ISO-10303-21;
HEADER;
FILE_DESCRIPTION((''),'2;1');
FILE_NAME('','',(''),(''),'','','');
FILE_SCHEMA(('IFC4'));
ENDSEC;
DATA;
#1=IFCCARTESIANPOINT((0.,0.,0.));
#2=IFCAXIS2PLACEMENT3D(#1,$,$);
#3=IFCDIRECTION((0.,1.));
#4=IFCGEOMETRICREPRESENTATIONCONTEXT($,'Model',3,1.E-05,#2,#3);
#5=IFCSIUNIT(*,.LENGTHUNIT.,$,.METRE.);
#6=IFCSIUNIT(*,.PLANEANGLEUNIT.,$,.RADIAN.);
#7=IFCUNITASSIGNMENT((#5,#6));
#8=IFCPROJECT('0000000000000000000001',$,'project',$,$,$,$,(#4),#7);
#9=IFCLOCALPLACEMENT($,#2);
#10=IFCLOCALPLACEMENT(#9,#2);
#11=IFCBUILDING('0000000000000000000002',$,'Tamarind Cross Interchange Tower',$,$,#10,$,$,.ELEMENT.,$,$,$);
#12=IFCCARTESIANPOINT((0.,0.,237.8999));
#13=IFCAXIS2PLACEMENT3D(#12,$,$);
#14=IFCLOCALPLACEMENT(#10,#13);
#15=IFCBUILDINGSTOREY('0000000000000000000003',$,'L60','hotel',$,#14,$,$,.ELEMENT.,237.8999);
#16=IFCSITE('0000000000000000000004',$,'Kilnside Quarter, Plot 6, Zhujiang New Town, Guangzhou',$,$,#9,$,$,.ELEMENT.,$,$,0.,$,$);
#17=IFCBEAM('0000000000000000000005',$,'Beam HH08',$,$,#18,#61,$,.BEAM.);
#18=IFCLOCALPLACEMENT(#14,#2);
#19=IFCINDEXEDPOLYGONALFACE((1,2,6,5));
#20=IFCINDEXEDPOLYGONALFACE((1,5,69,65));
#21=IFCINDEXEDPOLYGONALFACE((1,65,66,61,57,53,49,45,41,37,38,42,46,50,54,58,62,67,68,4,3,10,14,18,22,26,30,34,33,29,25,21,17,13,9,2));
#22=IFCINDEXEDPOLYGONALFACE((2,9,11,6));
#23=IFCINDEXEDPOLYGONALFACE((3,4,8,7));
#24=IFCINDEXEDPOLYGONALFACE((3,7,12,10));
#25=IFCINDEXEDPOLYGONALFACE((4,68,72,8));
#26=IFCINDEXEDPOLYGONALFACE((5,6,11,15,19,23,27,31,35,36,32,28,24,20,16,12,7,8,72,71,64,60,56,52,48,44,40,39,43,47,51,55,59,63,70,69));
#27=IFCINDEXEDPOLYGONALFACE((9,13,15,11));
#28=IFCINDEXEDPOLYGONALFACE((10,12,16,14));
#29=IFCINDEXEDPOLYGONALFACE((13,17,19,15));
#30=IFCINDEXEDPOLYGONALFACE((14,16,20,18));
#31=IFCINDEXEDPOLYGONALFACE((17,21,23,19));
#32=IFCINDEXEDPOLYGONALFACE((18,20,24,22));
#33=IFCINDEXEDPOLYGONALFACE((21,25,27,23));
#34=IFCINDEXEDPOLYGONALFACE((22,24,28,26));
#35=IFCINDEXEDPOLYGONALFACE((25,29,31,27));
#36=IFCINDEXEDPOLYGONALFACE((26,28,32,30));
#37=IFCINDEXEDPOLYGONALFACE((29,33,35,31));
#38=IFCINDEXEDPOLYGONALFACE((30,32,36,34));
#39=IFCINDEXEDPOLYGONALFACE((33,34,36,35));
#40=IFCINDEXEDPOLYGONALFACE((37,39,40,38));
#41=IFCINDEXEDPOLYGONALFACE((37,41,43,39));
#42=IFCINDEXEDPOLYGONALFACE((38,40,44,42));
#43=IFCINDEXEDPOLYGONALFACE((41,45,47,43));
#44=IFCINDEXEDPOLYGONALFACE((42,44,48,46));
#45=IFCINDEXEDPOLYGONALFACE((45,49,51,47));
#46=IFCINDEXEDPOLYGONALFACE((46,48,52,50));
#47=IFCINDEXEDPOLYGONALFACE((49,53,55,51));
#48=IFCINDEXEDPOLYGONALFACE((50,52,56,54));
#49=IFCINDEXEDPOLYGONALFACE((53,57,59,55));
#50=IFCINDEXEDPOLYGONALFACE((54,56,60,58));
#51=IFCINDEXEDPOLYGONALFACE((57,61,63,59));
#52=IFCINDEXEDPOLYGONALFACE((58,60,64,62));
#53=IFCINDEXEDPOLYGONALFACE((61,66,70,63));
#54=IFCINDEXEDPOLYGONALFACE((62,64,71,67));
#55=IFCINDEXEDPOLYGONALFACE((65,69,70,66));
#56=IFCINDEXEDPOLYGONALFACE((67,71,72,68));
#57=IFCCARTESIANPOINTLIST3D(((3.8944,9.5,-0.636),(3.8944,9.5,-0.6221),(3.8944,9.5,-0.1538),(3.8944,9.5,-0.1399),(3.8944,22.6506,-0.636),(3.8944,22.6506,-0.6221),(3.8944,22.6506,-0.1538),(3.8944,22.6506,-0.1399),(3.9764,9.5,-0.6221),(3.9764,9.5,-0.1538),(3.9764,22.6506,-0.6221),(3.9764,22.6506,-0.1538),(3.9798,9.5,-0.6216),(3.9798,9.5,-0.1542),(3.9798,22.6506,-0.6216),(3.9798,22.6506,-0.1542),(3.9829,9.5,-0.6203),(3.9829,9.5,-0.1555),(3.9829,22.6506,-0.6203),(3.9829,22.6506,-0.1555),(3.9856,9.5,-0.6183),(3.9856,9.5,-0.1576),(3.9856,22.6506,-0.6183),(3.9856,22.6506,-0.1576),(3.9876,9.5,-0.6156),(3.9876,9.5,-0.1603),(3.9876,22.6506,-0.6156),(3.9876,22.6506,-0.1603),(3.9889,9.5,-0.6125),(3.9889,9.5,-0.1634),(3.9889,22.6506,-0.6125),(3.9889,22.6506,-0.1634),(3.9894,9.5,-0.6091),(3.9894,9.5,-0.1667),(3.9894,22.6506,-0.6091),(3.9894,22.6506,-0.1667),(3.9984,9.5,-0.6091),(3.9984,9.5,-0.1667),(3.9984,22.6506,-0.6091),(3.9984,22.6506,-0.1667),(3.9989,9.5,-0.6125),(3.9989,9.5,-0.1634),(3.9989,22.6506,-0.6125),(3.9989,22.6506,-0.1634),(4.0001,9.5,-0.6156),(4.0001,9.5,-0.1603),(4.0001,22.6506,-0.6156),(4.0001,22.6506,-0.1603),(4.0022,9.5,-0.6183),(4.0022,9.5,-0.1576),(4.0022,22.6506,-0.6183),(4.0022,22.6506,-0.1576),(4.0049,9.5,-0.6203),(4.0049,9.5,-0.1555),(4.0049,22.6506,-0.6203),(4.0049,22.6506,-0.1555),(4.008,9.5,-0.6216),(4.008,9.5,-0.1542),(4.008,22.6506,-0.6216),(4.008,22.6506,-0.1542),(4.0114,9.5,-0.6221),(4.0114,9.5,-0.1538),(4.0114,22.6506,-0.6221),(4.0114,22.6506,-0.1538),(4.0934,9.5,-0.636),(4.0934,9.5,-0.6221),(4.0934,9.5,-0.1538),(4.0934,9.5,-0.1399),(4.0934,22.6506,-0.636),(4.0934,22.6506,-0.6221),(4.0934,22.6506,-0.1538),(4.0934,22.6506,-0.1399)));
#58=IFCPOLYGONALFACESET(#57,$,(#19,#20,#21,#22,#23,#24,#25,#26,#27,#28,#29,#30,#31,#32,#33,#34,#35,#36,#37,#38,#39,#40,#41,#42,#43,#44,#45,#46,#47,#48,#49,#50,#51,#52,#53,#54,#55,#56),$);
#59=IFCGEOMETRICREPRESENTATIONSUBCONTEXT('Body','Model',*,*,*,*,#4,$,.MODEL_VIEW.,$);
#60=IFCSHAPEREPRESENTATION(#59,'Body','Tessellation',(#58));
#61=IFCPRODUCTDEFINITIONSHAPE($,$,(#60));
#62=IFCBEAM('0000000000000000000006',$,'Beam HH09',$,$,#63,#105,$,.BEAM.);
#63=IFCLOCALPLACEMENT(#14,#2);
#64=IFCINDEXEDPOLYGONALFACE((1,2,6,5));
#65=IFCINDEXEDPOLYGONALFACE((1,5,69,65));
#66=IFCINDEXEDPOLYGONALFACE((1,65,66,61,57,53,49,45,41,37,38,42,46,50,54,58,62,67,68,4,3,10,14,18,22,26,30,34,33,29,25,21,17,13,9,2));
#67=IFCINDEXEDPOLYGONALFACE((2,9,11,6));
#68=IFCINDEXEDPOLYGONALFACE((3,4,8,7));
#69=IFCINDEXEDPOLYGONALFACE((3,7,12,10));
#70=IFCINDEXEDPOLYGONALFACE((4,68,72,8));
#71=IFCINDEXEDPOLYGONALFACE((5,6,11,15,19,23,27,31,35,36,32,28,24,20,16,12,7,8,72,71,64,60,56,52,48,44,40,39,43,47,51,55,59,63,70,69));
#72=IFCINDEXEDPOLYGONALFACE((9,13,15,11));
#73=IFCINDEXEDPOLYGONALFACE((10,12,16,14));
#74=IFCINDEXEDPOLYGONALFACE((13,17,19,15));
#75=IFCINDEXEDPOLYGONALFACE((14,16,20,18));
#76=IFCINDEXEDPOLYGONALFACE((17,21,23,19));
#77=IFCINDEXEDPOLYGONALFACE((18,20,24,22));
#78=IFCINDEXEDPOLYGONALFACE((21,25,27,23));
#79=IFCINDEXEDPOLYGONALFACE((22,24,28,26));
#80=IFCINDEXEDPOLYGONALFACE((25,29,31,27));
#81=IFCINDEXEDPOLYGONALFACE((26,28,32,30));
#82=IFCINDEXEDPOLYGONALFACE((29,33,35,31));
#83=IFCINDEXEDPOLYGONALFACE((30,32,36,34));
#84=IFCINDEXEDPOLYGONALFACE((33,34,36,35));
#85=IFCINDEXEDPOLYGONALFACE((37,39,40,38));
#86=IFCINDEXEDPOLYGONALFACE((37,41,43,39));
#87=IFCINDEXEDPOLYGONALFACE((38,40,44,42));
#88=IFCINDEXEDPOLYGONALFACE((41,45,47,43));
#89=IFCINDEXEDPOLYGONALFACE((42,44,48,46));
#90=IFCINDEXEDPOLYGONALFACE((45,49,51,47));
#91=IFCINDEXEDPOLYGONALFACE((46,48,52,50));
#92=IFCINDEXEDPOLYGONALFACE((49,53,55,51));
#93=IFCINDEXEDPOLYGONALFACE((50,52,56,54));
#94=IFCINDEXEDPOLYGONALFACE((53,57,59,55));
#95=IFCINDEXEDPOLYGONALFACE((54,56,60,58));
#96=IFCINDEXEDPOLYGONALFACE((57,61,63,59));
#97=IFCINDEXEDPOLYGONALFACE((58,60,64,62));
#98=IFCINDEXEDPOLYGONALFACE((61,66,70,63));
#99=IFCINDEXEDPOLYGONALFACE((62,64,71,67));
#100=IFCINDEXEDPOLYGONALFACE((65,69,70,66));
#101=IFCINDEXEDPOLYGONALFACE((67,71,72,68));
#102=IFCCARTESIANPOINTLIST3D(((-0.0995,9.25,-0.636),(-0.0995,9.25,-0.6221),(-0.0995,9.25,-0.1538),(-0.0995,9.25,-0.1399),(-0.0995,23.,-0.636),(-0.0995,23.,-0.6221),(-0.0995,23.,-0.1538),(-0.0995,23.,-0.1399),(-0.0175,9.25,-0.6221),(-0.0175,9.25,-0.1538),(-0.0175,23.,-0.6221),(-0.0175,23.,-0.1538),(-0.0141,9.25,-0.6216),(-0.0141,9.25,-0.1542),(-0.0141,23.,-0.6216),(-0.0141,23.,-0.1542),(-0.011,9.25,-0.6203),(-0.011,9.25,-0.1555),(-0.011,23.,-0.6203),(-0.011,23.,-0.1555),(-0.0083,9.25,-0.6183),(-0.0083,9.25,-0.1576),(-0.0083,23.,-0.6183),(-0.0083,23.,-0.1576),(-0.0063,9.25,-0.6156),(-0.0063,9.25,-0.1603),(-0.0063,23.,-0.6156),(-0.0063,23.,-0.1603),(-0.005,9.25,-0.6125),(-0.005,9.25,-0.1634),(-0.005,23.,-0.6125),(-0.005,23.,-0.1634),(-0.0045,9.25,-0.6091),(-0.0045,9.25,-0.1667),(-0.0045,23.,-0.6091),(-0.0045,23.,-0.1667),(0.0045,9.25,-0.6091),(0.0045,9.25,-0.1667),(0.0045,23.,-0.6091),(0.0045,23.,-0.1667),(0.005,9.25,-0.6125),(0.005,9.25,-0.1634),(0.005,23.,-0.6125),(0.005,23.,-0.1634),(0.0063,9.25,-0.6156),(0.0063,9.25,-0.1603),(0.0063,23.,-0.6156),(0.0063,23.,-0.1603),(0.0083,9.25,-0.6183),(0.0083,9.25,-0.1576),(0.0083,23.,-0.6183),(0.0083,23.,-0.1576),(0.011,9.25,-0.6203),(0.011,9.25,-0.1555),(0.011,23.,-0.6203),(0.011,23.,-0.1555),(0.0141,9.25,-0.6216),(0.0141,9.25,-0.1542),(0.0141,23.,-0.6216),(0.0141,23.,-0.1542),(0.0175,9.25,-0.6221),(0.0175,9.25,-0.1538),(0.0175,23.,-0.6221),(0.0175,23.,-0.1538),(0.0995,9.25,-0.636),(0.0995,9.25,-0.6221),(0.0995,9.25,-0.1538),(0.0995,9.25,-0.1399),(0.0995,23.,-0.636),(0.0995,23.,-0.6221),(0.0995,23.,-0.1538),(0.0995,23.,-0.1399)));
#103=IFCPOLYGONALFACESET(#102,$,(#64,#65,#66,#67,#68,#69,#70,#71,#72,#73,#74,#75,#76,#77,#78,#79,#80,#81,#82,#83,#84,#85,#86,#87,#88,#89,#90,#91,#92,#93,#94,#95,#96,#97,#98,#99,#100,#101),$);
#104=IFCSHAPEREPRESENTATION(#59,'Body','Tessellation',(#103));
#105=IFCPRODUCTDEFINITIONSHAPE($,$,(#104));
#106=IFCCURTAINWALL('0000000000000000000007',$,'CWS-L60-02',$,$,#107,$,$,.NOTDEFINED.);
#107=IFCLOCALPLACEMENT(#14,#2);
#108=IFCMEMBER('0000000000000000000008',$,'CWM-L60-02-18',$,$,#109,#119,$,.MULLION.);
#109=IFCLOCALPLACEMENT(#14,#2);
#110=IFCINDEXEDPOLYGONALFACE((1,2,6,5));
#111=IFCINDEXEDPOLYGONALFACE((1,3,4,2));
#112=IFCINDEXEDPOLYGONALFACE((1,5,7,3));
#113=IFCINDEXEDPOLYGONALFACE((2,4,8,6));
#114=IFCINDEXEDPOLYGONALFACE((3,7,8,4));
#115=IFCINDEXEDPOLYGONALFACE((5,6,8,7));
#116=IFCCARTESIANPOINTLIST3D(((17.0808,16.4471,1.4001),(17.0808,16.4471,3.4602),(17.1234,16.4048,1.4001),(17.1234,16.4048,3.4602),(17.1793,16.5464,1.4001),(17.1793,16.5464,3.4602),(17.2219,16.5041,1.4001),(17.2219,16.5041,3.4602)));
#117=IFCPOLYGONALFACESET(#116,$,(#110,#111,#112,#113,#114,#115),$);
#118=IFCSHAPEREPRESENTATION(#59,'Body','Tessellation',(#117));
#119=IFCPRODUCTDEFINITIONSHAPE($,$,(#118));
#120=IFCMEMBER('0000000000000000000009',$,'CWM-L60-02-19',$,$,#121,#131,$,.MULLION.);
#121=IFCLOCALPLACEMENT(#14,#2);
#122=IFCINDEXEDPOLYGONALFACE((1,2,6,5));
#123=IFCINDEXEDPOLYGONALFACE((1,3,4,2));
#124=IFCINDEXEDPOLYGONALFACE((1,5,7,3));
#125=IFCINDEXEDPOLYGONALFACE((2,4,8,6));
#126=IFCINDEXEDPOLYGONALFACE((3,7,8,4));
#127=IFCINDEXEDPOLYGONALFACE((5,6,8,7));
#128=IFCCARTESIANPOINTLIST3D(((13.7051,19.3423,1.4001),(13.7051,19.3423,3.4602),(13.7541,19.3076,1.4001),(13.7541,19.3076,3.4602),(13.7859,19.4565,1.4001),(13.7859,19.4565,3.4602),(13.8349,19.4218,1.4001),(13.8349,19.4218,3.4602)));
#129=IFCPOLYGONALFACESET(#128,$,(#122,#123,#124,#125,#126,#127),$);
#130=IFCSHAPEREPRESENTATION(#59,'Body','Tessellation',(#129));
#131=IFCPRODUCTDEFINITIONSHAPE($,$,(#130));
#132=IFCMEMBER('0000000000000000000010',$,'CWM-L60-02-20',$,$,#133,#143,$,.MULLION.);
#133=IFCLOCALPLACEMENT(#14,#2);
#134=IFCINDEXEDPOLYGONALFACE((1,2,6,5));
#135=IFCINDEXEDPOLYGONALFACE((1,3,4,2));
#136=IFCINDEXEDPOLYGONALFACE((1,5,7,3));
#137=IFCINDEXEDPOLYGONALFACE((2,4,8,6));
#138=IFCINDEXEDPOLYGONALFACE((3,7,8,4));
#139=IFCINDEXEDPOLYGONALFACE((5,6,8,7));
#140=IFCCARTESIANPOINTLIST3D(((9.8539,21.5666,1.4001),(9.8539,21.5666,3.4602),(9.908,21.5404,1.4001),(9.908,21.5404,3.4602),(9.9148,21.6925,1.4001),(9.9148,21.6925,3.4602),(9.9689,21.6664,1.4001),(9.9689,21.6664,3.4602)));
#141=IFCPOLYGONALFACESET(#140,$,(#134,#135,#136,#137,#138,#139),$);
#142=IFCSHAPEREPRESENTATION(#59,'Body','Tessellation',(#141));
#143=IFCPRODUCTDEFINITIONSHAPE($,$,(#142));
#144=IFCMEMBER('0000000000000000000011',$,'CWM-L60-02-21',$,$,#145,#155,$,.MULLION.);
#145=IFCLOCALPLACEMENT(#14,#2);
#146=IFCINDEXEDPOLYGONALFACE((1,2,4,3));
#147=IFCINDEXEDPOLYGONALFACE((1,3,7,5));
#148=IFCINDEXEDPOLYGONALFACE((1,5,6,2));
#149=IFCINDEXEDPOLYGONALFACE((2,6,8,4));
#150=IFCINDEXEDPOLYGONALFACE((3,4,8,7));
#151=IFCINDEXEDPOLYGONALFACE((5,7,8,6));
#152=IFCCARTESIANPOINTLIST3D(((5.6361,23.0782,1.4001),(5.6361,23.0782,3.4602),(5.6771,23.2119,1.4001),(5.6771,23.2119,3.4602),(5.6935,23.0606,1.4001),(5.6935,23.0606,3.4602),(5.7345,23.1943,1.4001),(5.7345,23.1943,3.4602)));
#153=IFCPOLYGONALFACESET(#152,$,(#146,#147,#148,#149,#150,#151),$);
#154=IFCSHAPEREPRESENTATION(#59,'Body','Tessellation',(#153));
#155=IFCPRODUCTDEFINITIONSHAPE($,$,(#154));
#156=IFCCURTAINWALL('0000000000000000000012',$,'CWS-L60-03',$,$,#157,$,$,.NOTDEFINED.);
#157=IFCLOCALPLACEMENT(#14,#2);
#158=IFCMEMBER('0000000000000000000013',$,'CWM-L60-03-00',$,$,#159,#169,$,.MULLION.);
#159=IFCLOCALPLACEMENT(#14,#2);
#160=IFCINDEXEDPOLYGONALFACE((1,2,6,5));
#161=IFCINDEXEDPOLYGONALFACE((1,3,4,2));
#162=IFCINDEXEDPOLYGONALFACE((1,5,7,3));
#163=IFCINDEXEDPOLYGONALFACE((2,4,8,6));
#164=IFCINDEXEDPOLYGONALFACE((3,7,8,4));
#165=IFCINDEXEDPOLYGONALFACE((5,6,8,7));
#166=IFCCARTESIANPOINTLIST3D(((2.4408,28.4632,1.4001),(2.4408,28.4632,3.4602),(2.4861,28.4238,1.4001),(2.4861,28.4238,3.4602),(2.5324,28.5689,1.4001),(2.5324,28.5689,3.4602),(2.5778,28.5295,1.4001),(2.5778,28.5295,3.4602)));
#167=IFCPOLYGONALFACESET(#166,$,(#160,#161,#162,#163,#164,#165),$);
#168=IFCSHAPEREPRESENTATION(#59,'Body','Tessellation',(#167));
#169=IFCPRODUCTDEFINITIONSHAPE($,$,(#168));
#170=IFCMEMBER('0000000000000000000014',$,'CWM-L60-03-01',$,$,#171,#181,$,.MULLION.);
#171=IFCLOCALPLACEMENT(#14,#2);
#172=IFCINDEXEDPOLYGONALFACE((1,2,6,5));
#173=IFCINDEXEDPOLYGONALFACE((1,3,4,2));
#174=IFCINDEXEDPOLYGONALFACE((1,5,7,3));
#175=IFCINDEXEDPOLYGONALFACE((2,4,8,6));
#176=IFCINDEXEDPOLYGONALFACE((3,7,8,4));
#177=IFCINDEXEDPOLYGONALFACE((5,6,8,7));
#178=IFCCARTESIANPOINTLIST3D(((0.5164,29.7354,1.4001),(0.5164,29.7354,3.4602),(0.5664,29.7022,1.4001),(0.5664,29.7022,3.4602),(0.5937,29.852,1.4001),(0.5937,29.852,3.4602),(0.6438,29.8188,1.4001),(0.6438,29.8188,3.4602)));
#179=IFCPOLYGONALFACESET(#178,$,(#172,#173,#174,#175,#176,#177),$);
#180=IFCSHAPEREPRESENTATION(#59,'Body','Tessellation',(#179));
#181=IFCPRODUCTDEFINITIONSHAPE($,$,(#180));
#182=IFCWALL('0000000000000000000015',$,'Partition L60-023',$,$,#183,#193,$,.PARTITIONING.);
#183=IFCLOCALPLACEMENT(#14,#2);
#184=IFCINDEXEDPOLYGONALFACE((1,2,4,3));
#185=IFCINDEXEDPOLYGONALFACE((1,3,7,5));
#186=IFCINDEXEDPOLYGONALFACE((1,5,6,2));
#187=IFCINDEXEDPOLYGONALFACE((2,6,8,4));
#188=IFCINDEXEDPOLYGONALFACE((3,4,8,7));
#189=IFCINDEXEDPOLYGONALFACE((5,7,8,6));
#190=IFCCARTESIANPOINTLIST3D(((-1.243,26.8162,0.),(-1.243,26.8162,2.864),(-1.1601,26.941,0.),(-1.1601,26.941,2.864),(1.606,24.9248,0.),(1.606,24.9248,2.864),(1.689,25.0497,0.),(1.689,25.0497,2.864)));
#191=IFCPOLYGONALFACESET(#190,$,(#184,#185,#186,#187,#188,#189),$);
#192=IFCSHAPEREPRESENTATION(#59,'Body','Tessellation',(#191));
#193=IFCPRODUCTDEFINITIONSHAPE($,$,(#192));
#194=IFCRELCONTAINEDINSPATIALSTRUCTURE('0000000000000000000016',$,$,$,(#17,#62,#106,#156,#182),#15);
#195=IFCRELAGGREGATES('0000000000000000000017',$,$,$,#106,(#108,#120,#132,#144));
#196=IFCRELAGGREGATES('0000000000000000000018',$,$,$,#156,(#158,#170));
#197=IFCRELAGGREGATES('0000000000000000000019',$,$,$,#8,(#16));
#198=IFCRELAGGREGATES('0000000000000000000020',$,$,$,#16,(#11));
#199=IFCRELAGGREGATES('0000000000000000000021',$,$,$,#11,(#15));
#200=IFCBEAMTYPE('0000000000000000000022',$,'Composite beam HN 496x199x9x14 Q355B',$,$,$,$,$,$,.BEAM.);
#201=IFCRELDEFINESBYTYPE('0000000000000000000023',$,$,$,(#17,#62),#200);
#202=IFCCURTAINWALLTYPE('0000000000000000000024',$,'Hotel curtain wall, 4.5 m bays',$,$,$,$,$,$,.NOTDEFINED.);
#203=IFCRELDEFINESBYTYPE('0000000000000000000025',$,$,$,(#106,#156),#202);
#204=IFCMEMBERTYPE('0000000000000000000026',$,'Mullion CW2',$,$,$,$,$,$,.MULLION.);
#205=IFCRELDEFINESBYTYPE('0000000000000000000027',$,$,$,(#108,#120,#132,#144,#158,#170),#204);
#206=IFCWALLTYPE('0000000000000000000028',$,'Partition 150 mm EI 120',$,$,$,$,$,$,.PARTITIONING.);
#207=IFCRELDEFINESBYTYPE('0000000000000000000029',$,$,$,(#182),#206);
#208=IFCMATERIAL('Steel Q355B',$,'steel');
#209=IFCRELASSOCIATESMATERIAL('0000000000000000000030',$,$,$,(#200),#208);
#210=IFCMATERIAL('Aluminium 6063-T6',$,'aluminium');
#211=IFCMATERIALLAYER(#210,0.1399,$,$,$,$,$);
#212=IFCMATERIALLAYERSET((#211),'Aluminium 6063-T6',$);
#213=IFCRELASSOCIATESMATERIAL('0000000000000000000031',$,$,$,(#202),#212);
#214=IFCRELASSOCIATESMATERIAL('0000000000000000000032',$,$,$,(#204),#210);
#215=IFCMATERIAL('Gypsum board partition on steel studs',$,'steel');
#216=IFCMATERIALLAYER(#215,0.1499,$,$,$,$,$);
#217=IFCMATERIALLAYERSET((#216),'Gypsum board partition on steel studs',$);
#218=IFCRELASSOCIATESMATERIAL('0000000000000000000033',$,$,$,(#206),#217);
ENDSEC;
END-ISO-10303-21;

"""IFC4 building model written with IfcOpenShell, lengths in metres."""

from ifc_helpers import new_model, si_unit, direction, frame, frame_2d, origin, origin_2d, place, context, subcontext, project, spatial, rectangle, i_section, extrude, material, layer, layer_set, material_profile, profile_set, type_object, element, aggregate, save


model = new_model("IFC4")

# Units and contexts
model_context = context("Model", 3, precision=1e-05, world=origin(), true_north=direction((0.0, 1.0)))
body_context = subcontext(model_context, "Body", "Model", "MODEL_VIEW")
ifc_project = project(units=[si_unit("LENGTHUNIT", "METRE"), si_unit("PLANEANGLEUNIT", "RADIAN")], contexts=[model_context])

# Site, building, storey
site_placement = place(None, origin())
site = spatial("IfcSite", under=ifc_project, at=site_placement, Name="Kilnside Quarter, Plot 6, Zhujiang New Town, Guangzhou", CompositionType="ELEMENT", RefElevation=0.0)
building_placement = place(site_placement, origin())
building = spatial("IfcBuilding", under=site, at=building_placement, Name="Tamarind Cross Interchange Tower", CompositionType="ELEMENT")
storey_placement = place(building_placement, frame((0.0, 0.0, 237.8999)))
storey = spatial("IfcBuildingStorey", under=building, at=storey_placement, Name="L60", Description="hotel", CompositionType="ELEMENT", Elevation=237.8999)

# Beams
ifc_material_1 = material(Name="Steel Q355B", Category="steel")
ifc_material_profile_1 = material_profile(ifc_material_1, i_section(OverallWidth=0.199, OverallDepth=0.4961, WebThickness=0.009, FlangeThickness=0.0139, FilletRadius=0.0129, at=origin_2d()), Name="HN 496x199x9x14")
ifc_profile_set_1 = profile_set([ifc_material_profile_1], Name="Steel Q355B")
beam_type = type_object("IfcBeamType", Name="Composite beam HN 496x199x9x14 Q355B", PredefinedType="BEAM", material=ifc_profile_set_1)
beam_1_placement = place(storey_placement, frame((3.9939, 22.6506, -0.3879), z_axis=(0.0, -1.0, 0.0), x_axis=(1.0, 0.0, 0.0)))
element("IfcBeam", 1, at=beam_1_placement, inside=storey, type_object=beam_type, Name="Beam HH08", PredefinedType="BEAM", context=body_context, shape_type="SweptSolid", body=[
    extrude(i_section(OverallWidth=0.199, OverallDepth=0.4961, WebThickness=0.009, FlangeThickness=0.0139, FilletRadius=0.0129, at=origin_2d()), origin(), (0.0, 0.0, 1.0), 13.1506),
])
beam_2_placement = place(storey_placement, frame((0.0, 23.0, -0.3879), z_axis=(0.0, -1.0, 0.0), x_axis=(1.0, 0.0, 0.0)))
element("IfcBeam", 2, at=beam_2_placement, inside=storey, type_object=beam_type, Name="Beam HH09", PredefinedType="BEAM", context=body_context, shape_type="SweptSolid", body=[
    extrude(i_section(OverallWidth=0.199, OverallDepth=0.4961, WebThickness=0.009, FlangeThickness=0.0139, FilletRadius=0.0129, at=origin_2d()), origin(), (0.0, 0.0, 1.0), 13.75),
])

# Curtain walls, members
ifc_material_2 = material(Name="Aluminium 6063-T6", Category="aluminium")
ifc_layer_1 = layer(ifc_material_2, 0.1399)
ifc_layer_set_1 = layer_set([ifc_layer_1], Name="Aluminium 6063-T6")
curtain_wall_type = type_object("IfcCurtainWallType", Name="Hotel curtain wall, 4.5 m bays", PredefinedType="NOTDEFINED", material=ifc_layer_set_1)
curtain_wall_1_placement = place(storey_placement, origin())
curtain_wall_1 = element("IfcCurtainWall", 3, at=curtain_wall_1_placement, inside=storey, type_object=curtain_wall_type, Name="CWS-L60-02", PredefinedType="NOTDEFINED")
ifc_material_profile_2 = material_profile(ifc_material_2, rectangle(XDim=0.0601, YDim=0.1399, at=origin_2d()), Name="Mullion CW2")
ifc_profile_set_2 = profile_set([ifc_material_profile_2], Name="Aluminium 6063-T6")
member_type = type_object("IfcMemberType", Name="Mullion CW2", PredefinedType="MULLION", material=ifc_profile_set_2)
member_1_placement = place(storey_placement, frame((17.1514, 16.4756, 1.4001), z_axis=(0.0, 0.0, 1.0), x_axis=(-0.710143, 0.704057, 0.0)))
member_1 = element("IfcMember", 4, at=member_1_placement, type_object=member_type, Name="CWM-L60-02-18", PredefinedType="MULLION", context=body_context, shape_type="SweptSolid", body=[
    extrude(rectangle(XDim=0.0601, YDim=0.1399, at=origin_2d()), origin(), (0.0, 0.0, 1.0), 2.0601),
])
member_2_placement = place(storey_placement, frame((13.77, 19.3821, 1.4001), z_axis=(0.0, 0.0, 1.0), x_axis=(-0.816342, 0.577569, 0.0)))
member_2 = element("IfcMember", 5, at=member_2_placement, type_object=member_type, Name="CWM-L60-02-19", PredefinedType="MULLION", context=body_context, shape_type="SweptSolid", body=[
    extrude(rectangle(XDim=0.0601, YDim=0.1399, at=origin_2d()), origin(), (0.0, 0.0, 1.0), 2.0601),
])
member_3_placement = place(storey_placement, frame((9.9114, 21.6165, 1.4001), z_axis=(0.0, 0.0, 1.0), x_axis=(-0.900273, 0.435326, 0.0)))
member_3 = element("IfcMember", 6, at=member_3_placement, type_object=member_type, Name="CWM-L60-02-20", PredefinedType="MULLION", context=body_context, shape_type="SweptSolid", body=[
    extrude(rectangle(XDim=0.0601, YDim=0.1399, at=origin_2d()), origin(), (0.0, 0.0, 1.0), 2.0601),
])
member_4_placement = place(storey_placement, frame((5.6853, 23.1362, 1.4001), z_axis=(0.0, 0.0, 1.0), x_axis=(-0.95601, 0.293333, 0.0)))
member_4 = element("IfcMember", 7, at=member_4_placement, type_object=member_type, Name="CWM-L60-02-21", PredefinedType="MULLION", context=body_context, shape_type="SweptSolid", body=[
    extrude(rectangle(XDim=0.0601, YDim=0.1399, at=origin_2d()), origin(), (0.0, 0.0, 1.0), 2.0601),
])
aggregate(curtain_wall_1, [member_1, member_2, member_3, member_4])
curtain_wall_2_placement = place(storey_placement, origin())
curtain_wall_2 = element("IfcCurtainWall", 8, at=curtain_wall_2_placement, inside=storey, type_object=curtain_wall_type, Name="CWS-L60-03", PredefinedType="NOTDEFINED")
member_5_placement = place(storey_placement, frame((2.5093, 28.4963, 1.4001), z_axis=(0.0, 0.0, 1.0), x_axis=(-0.755391, 0.655274, 0.0)))
member_5 = element("IfcMember", 9, at=member_5_placement, type_object=member_type, Name="CWM-L60-03-00", PredefinedType="MULLION", context=body_context, shape_type="SweptSolid", body=[
    extrude(rectangle(XDim=0.0601, YDim=0.1399, at=origin_2d()), origin(), (0.0, 0.0, 1.0), 2.0601),
])
member_6_placement = place(storey_placement, frame((0.5801, 29.7771, 1.4001), z_axis=(0.0, 0.0, 1.0), x_axis=(-0.833107, 0.553112, 0.0)))
member_6 = element("IfcMember", 10, at=member_6_placement, type_object=member_type, Name="CWM-L60-03-01", PredefinedType="MULLION", context=body_context, shape_type="SweptSolid", body=[
    extrude(rectangle(XDim=0.0601, YDim=0.1399, at=origin_2d()), origin(), (0.0, 0.0, 1.0), 2.0601),
])
aggregate(curtain_wall_2, [member_5, member_6])

# Wall
ifc_material_3 = material(Name="Gypsum board partition on steel studs", Category="steel")
ifc_layer_2 = layer(ifc_material_3, 0.1499)
ifc_layer_set_2 = layer_set([ifc_layer_2], Name="Gypsum board partition on steel studs")
wall_type_1 = type_object("IfcWallType", Name="Partition 150 mm EI 120", PredefinedType="PARTITIONING", material=ifc_layer_set_2)
wall_1_placement = place(storey_placement, frame((-1.2017, 26.8787, 0.0), z_axis=(0.0, 0.0, 1.0), x_axis=(0.833136, -0.553068, 0.0)))
element("IfcWall", 11, at=wall_1_placement, inside=storey, type_object=wall_type_1, Name="Partition L60-023", PredefinedType="PARTITIONING", context=body_context, shape_type="SweptSolid", body=[
    extrude(rectangle(XDim=3.4197, YDim=0.1499, at=frame_2d((1.71, 0.0))), origin(), (0.0, 0.0, 1.0), 2.864),
])

save(model, "model.ifc")
